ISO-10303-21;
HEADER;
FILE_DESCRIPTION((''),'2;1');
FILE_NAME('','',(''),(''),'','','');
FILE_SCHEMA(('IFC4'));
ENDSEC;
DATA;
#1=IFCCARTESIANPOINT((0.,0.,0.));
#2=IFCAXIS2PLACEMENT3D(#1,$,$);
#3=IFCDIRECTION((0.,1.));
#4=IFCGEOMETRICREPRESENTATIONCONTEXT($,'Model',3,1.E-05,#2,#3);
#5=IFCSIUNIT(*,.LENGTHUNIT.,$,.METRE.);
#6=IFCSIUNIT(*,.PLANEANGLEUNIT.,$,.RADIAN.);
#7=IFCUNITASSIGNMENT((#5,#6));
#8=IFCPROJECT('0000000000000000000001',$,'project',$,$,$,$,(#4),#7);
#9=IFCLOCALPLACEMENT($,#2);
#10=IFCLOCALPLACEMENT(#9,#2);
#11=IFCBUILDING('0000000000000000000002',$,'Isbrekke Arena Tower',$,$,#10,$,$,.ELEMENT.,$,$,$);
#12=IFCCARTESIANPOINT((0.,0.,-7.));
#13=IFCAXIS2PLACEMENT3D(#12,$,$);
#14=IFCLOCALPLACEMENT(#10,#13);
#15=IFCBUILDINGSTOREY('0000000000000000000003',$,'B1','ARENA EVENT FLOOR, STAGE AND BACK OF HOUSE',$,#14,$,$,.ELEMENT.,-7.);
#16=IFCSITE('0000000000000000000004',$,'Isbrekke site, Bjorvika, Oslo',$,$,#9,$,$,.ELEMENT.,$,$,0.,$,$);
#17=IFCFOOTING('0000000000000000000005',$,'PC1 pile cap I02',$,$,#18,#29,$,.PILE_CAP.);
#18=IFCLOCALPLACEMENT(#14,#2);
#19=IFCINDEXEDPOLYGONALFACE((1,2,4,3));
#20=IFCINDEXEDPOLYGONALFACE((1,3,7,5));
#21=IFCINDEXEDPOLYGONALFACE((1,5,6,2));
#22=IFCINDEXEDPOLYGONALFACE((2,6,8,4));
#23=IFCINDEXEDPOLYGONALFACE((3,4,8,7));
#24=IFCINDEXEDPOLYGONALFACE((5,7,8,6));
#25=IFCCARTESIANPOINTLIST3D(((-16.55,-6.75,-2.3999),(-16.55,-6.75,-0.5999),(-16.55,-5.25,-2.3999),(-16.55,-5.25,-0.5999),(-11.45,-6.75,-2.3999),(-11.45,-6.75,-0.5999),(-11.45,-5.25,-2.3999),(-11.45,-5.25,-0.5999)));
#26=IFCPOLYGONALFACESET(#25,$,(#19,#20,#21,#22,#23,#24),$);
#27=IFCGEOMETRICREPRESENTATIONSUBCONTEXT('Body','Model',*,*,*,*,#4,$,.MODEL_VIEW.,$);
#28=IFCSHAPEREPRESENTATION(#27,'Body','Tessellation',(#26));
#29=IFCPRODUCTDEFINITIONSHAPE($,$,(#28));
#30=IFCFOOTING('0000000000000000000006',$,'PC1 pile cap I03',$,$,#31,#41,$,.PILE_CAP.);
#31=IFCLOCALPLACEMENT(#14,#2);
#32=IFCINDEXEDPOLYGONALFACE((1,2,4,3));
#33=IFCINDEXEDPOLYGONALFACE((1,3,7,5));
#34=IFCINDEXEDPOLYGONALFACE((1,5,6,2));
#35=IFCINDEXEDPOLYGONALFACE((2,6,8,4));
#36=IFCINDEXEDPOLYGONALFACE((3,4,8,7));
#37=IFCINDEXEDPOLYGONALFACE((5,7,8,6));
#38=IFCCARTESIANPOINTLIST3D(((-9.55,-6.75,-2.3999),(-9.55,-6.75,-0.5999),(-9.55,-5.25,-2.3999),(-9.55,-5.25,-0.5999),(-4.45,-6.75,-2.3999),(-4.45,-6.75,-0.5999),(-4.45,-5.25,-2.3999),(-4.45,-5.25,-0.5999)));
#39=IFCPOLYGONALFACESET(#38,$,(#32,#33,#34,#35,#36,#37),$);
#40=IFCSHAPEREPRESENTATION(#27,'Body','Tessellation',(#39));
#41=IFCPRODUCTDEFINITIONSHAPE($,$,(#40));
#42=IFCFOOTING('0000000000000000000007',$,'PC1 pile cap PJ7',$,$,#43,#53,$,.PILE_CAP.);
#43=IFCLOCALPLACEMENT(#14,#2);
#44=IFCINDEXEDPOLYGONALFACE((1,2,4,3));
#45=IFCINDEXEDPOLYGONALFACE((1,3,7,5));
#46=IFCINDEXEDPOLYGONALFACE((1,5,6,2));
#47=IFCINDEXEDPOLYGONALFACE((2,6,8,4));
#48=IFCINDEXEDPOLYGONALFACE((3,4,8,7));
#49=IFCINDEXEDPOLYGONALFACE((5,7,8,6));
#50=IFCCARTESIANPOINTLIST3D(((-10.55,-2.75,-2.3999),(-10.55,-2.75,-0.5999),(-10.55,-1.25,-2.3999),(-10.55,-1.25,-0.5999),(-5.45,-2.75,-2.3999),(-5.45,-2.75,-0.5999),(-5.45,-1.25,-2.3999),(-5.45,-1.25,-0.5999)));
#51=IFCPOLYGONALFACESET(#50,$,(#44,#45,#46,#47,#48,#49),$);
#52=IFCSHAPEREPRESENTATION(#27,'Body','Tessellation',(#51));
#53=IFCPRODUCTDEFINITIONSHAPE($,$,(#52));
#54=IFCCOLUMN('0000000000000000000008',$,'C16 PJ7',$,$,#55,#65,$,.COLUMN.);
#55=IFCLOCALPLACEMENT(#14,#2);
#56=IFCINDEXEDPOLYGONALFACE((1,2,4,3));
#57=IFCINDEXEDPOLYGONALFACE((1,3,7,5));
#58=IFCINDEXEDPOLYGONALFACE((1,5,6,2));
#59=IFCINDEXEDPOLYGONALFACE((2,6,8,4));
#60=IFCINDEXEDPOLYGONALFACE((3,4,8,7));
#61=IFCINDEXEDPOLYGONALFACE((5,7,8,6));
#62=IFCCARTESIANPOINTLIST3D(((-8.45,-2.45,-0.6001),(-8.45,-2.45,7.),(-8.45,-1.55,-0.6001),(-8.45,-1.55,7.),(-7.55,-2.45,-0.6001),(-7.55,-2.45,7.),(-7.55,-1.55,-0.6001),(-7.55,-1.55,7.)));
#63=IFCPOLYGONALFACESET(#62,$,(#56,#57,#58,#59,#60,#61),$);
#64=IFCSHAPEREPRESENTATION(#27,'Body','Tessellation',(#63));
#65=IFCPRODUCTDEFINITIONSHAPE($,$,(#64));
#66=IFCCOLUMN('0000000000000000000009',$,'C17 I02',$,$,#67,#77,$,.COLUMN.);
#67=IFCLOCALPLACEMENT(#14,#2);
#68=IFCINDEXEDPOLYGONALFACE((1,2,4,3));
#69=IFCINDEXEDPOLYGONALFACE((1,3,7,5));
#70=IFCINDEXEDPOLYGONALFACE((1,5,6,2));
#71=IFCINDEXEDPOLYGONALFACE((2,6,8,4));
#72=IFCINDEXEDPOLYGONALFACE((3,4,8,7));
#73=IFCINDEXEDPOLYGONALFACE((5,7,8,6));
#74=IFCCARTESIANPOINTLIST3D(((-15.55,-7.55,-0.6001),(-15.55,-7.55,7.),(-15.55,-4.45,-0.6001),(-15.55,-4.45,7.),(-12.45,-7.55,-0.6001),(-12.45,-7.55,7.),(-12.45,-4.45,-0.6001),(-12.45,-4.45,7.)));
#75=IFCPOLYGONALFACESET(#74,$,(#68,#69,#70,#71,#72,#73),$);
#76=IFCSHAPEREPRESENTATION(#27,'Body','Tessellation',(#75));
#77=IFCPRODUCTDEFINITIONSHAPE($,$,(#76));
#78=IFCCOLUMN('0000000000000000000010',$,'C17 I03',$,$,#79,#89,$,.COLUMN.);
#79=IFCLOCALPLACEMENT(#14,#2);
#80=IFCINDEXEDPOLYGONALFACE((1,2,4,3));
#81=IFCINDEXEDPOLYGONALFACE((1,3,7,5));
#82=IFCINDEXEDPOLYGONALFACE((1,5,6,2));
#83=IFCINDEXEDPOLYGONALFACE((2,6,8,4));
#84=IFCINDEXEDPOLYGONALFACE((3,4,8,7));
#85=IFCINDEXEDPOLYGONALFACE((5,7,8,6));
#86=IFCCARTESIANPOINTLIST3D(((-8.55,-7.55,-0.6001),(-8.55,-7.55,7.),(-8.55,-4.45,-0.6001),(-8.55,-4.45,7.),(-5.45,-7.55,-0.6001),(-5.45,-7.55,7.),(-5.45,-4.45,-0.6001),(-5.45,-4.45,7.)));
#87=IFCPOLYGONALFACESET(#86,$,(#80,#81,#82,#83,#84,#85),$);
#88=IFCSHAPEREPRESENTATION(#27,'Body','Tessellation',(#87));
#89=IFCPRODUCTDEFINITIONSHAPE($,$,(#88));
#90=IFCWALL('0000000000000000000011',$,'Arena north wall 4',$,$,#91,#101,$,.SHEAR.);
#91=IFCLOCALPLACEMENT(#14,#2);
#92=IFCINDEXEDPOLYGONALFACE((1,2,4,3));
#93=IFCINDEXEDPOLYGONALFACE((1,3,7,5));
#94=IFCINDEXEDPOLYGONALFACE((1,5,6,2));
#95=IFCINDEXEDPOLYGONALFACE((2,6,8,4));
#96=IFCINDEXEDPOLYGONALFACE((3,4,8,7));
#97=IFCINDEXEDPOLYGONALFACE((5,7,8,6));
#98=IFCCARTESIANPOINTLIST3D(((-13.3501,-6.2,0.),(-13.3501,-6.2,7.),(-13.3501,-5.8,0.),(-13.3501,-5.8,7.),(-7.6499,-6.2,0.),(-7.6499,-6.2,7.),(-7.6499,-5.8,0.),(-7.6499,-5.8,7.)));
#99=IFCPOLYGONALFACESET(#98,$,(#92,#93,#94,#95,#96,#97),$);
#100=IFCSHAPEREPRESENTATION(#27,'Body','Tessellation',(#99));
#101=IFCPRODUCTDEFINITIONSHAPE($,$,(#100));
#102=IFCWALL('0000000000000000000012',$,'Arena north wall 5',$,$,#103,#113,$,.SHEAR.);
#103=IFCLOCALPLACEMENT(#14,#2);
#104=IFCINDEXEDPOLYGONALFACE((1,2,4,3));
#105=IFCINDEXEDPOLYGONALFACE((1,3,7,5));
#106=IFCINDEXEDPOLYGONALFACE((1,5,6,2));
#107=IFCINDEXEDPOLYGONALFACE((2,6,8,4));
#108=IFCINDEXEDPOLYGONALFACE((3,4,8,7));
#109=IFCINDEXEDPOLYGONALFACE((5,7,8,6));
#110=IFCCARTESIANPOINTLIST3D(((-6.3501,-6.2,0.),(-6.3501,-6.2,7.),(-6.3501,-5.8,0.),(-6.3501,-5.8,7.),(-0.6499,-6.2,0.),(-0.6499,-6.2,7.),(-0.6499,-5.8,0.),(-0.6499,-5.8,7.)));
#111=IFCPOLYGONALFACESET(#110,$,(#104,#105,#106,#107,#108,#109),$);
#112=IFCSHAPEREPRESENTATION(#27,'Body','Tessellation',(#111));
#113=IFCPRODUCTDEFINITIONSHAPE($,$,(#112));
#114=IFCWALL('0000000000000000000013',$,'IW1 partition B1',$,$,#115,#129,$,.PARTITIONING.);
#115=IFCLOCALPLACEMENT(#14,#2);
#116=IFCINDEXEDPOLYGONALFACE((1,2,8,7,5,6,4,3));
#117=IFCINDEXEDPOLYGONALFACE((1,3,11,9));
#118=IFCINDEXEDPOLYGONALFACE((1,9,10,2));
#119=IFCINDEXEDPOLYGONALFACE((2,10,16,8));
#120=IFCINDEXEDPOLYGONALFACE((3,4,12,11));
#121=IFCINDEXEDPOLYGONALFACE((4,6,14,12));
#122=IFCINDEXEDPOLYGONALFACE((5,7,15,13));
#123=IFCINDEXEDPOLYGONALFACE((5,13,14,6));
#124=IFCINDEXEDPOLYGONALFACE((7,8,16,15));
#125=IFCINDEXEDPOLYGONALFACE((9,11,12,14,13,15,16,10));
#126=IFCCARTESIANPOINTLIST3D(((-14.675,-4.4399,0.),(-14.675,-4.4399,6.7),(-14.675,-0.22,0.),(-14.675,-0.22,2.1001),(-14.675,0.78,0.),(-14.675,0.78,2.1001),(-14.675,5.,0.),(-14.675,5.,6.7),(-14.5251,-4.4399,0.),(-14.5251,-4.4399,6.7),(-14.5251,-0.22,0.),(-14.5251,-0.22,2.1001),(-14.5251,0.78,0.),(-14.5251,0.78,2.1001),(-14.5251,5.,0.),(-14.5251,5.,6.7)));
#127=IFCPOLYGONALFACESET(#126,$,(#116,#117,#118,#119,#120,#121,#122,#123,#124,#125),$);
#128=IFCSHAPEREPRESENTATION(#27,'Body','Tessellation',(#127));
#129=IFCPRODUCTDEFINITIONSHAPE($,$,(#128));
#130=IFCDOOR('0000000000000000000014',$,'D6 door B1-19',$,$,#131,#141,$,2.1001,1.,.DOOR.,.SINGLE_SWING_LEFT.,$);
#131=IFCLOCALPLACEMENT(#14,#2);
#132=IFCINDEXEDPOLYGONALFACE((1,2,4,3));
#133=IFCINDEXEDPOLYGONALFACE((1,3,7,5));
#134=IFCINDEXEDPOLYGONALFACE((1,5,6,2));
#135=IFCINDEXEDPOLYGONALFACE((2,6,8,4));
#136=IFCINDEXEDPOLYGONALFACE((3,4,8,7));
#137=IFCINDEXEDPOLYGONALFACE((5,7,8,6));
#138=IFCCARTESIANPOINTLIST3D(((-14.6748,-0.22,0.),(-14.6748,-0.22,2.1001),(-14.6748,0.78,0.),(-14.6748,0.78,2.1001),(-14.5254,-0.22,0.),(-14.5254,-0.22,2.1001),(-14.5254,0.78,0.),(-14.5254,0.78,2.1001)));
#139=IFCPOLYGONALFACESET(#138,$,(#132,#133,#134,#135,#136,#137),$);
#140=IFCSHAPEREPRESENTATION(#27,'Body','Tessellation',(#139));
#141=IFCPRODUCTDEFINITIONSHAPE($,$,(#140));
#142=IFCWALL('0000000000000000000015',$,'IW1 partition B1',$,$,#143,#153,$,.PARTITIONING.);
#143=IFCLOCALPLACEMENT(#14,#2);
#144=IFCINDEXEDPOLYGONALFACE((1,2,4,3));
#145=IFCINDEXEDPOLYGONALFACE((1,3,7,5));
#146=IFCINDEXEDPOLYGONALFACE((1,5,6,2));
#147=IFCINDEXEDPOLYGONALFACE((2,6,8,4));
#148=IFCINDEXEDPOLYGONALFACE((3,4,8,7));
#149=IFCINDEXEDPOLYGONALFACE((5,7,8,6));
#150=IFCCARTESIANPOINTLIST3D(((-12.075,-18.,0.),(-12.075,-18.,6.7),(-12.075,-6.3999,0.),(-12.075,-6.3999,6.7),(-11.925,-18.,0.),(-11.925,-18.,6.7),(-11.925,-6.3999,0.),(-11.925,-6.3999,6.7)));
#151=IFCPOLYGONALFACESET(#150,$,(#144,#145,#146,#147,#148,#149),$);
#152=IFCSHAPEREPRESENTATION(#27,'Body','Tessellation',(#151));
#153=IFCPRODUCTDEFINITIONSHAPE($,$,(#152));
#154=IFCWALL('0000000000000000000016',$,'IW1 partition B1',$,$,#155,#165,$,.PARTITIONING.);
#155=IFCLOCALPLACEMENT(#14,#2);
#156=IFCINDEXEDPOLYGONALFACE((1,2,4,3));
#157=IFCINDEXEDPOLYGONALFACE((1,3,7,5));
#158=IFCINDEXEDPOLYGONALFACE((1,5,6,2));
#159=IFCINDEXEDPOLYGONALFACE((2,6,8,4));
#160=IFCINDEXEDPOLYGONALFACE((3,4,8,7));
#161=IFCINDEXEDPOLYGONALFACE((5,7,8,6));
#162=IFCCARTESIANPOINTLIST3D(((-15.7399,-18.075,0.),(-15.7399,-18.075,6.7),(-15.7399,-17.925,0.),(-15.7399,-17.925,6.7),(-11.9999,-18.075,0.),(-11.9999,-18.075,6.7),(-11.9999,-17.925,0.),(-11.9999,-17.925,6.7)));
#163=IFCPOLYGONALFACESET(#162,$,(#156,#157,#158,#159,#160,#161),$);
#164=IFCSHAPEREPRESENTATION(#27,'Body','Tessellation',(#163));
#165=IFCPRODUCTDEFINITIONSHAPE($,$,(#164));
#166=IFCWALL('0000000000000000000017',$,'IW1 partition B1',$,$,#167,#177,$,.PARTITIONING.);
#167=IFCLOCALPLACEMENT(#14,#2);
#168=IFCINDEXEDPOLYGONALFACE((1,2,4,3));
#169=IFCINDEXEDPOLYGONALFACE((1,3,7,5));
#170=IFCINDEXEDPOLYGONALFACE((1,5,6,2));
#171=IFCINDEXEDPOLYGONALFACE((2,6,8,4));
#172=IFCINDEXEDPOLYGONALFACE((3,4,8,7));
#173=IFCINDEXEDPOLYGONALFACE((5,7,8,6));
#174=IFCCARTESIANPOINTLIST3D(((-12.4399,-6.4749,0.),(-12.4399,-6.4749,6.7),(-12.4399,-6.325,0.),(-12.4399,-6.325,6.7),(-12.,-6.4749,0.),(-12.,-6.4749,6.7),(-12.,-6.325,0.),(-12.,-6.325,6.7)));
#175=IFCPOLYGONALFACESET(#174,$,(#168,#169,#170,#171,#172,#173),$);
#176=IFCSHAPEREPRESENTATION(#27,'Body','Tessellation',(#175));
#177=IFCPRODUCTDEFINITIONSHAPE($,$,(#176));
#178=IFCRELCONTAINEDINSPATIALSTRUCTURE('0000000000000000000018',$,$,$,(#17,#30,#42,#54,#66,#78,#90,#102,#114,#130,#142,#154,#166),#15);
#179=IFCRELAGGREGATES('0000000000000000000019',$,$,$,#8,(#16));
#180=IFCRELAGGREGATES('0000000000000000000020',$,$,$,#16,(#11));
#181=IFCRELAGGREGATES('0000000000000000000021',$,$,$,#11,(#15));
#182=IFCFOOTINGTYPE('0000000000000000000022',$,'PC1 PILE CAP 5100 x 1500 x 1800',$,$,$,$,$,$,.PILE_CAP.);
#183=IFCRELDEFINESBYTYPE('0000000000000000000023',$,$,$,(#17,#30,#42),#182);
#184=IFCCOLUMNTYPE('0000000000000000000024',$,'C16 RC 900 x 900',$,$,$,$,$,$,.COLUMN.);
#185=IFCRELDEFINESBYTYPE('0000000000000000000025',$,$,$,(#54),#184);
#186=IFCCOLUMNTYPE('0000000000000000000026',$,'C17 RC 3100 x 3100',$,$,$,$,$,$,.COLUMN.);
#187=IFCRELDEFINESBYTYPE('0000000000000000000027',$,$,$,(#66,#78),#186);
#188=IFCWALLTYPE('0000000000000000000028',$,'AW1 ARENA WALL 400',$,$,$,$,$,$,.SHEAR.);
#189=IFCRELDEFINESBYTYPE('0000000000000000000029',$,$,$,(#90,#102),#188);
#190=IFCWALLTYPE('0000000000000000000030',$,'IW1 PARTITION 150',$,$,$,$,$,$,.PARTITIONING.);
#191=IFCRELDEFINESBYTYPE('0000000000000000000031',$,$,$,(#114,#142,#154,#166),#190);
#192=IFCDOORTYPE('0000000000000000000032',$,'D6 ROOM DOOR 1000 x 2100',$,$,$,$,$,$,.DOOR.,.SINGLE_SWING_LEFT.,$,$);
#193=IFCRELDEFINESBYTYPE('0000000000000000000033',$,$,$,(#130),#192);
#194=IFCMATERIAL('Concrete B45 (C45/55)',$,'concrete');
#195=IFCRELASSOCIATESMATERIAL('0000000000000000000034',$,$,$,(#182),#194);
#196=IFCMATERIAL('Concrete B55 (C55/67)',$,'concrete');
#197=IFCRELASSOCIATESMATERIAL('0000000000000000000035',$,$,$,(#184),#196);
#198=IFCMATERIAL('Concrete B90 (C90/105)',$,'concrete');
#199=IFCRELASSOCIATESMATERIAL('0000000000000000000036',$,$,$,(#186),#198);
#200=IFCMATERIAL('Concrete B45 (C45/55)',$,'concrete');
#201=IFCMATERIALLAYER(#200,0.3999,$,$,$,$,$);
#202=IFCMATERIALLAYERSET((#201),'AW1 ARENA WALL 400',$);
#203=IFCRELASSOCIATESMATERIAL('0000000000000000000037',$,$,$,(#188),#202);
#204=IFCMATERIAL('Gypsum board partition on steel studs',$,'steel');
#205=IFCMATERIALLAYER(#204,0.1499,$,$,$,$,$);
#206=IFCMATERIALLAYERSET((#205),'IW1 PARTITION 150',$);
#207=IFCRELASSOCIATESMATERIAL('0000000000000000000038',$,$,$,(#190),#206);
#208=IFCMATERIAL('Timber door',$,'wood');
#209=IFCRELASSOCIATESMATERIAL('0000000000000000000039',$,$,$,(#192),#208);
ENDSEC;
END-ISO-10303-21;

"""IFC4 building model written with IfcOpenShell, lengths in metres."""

from ifc_helpers import new_model, si_unit, direction, frame, frame_2d, origin, origin_2d, place, context, subcontext, project, spatial, rectangle, extrude, material, layer, layer_set, material_profile, profile_set, type_object, element, fill, save


model = new_model("IFC4")

# Units and contexts
model_context = context("Model", 3, precision=1e-05, world=origin(), true_north=direction((0.0, 1.0)))
body_context = subcontext(model_context, "Body", "Model", "MODEL_VIEW")
ifc_project = project(units=[si_unit("LENGTHUNIT", "METRE"), si_unit("PLANEANGLEUNIT", "RADIAN")], contexts=[model_context])

# Site, building, storey
site_placement = place(None, origin())
site = spatial("IfcSite", under=ifc_project, at=site_placement, Name="Isbrekke site, Bjorvika, Oslo", CompositionType="ELEMENT", RefElevation=0.0)
building_placement = place(site_placement, origin())
building = spatial("IfcBuilding", under=site, at=building_placement, Name="Isbrekke Arena Tower", CompositionType="ELEMENT")
storey_placement = place(building_placement, frame((0.0, 0.0, -7.0)))
storey = spatial("IfcBuildingStorey", under=building, at=storey_placement, Name="B1", Description="ARENA EVENT FLOOR, STAGE AND BACK OF HOUSE", CompositionType="ELEMENT", Elevation=-7.0)

# Footings
ifc_material_1 = material(Name="Concrete B45 (C45/55)", Category="concrete")
footing_type = type_object("IfcFootingType", Name="PC1 PILE CAP 5100 x 1500 x 1800", PredefinedType="PILE_CAP", material=ifc_material_1)
for number, where, z_axis, x_axis, name in (
    (1, (-14.0, -6.0, -2.3999), (0.0, 0.0, 1.0), (1.0, 0.0, 0.0), "PC1 pile cap I02"),
    (2, (-7.0, -6.0, -2.3999), (0.0, 0.0, 1.0), (1.0, 0.0, 0.0), "PC1 pile cap I03"),
    (3, (-8.0, -2.0, -2.3999), (0.0, 0.0, 1.0), (1.0, 0.0, 0.0), "PC1 pile cap PJ7"),
):
    element("IfcFooting", number, at=place(storey_placement, frame(where, z_axis=z_axis, x_axis=x_axis)), inside=storey, type_object=footing_type, Name=name, PredefinedType="PILE_CAP", context=body_context, shape_type="SweptSolid", body=[
        extrude(rectangle(XDim=5.1001, YDim=1.5, at=origin_2d()), origin(), (0.0, 0.0, 1.0), 1.8),
    ])

# Columns
ifc_material_2 = material(Name="Concrete B55 (C55/67)", Category="concrete")
ifc_material_profile_1 = material_profile(ifc_material_2, rectangle(XDim=0.8999, YDim=0.8999, at=origin_2d()), Name="RC 900x900")
ifc_profile_set_1 = profile_set([ifc_material_profile_1], Name="Concrete B55 (C55/67)")
column_type_1 = type_object("IfcColumnType", Name="C16 RC 900 x 900", PredefinedType="COLUMN", material=ifc_profile_set_1)
column_placement = place(storey_placement, frame((-8.0, -2.0, -0.6001), z_axis=(0.0, 0.0, 1.0), x_axis=(1.0, 0.0, 0.0)))
element("IfcColumn", 4, at=column_placement, inside=storey, type_object=column_type_1, Name="C16 PJ7", PredefinedType="COLUMN", context=body_context, shape_type="SweptSolid", body=[
    extrude(rectangle(XDim=0.8999, YDim=0.8999, at=origin_2d()), origin(), (0.0, 0.0, 1.0), 7.6001),
])
ifc_material_3 = material(Name="Concrete B90 (C90/105)", Category="concrete")
ifc_material_profile_2 = material_profile(ifc_material_3, rectangle(XDim=3.1001, YDim=3.1001, at=origin_2d()), Name="RC 3100x3100")
ifc_profile_set_2 = profile_set([ifc_material_profile_2], Name="Concrete B90 (C90/105)")
column_type_2 = type_object("IfcColumnType", Name="C17 RC 3100 x 3100", PredefinedType="COLUMN", material=ifc_profile_set_2)
for number, where, z_axis, x_axis, name in (
    (5, (-14.0, -6.0, -0.6001), (0.0, 0.0, 1.0), (1.0, 0.0, 0.0), "C17 I02"),
    (6, (-7.0, -6.0, -0.6001), (0.0, 0.0, 1.0), (1.0, 0.0, 0.0), "C17 I03"),
):
    element("IfcColumn", number, at=place(storey_placement, frame(where, z_axis=z_axis, x_axis=x_axis)), inside=storey, type_object=column_type_2, Name=name, PredefinedType="COLUMN", context=body_context, shape_type="SweptSolid", body=[
        extrude(rectangle(XDim=3.1001, YDim=3.1001, at=origin_2d()), origin(), (0.0, 0.0, 1.0), 7.6001),
    ])

# Walls
ifc_material_4 = material(Name="Concrete B45 (C45/55)", Category="concrete")
ifc_layer_1 = layer(ifc_material_4, 0.3999)
ifc_layer_set_1 = layer_set([ifc_layer_1], Name="AW1 ARENA WALL 400")
wall_type_1 = type_object("IfcWallType", Name="AW1 ARENA WALL 400", PredefinedType="SHEAR", material=ifc_layer_set_1)
for number, where, z_axis, x_axis, name in (
    (7, (-13.3501, -6.0, 0.0), (0.0, 0.0, 1.0), (1.0, 0.0, 0.0), "Arena north wall 4"),
    (8, (-6.3501, -6.0, 0.0), (0.0, 0.0, 1.0), (1.0, 0.0, 0.0), "Arena north wall 5"),
):
    element("IfcWall", number, at=place(storey_placement, frame(where, z_axis=z_axis, x_axis=x_axis)), inside=storey, type_object=wall_type_1, Name=name, PredefinedType="SHEAR", context=body_context, shape_type="SweptSolid", body=[
        extrude(rectangle(XDim=5.7002, YDim=0.3999, at=frame_2d((2.8501, 0.0))), origin(), (0.0, 0.0, 1.0), 7.0),
    ])

# Wall, opening, door
ifc_material_5 = material(Name="Gypsum board partition on steel studs", Category="steel")
ifc_layer_2 = layer(ifc_material_5, 0.1499)
ifc_layer_set_2 = layer_set([ifc_layer_2], Name="IW1 PARTITION 150")
wall_type_2 = type_object("IfcWallType", Name="IW1 PARTITION 150", PredefinedType="PARTITIONING", material=ifc_layer_set_2)
wall_1_placement = place(storey_placement, frame((-14.6001, -4.4399, 0.0), z_axis=(0.0, 0.0, 1.0), x_axis=(0.0, 1.0, 0.0)))
wall_1 = element("IfcWall", 9, at=wall_1_placement, inside=storey, type_object=wall_type_2, Name="IW1 partition B1", PredefinedType="PARTITIONING", context=body_context, shape_type="SweptSolid", body=[
    extrude(rectangle(XDim=9.4399, YDim=0.1499, at=frame_2d((4.72, 0.0))), origin(), (0.0, 0.0, 1.0), 6.7),
])
opening_placement = place(wall_1_placement, frame((4.22, 0.0, 0.0)))
opening = element("IfcOpeningElement", 10, at=opening_placement, cuts=wall_1, PredefinedType="OPENING", context=body_context, shape_type="SweptSolid", body=[
    extrude(rectangle(XDim=1.0, YDim=2.1001, at=frame_2d((0.5, 1.05))), frame((0.0, 0.0898, 0.0), z_axis=(0.0, -1.0, 0.0), x_axis=(1.0, 0.0, 0.0)), (0.0, 0.0, 1.0), 0.1797),
])
ifc_material_6 = material(Name="Timber door", Category="wood")
door_type = type_object("IfcDoorType", Name="D6 ROOM DOOR 1000 x 2100", OperationType="SINGLE_SWING_LEFT", PredefinedType="DOOR", material=ifc_material_6)
door_placement = place(opening_placement, origin())
door = element("IfcDoor", 11, at=door_placement, inside=storey, type_object=door_type, Name="D6 door B1-19", OperationType="SINGLE_SWING_LEFT", OverallHeight=2.1001, OverallWidth=1.0, PredefinedType="DOOR", context=body_context, shape_type="SweptSolid", body=[
    extrude(rectangle(XDim=1.0, YDim=2.1001, at=frame_2d((0.5, 1.05))), frame((0.0, 0.0747, 0.0), z_axis=(0.0, -1.0, 0.0), x_axis=(1.0, 0.0, 0.0)), (0.0, 0.0, 1.0), 0.1494),
])
fill(opening, door)

# Walls
wall_2_placement = place(storey_placement, frame((-12.0, -18.0, 0.0), z_axis=(0.0, 0.0, 1.0), x_axis=(0.0, 1.0, 0.0)))
element("IfcWall", 12, at=wall_2_placement, inside=storey, type_object=wall_type_2, Name="IW1 partition B1", PredefinedType="PARTITIONING", context=body_context, shape_type="SweptSolid", body=[
    extrude(rectangle(XDim=11.6001, YDim=0.1499, at=frame_2d((5.8, 0.0))), origin(), (0.0, 0.0, 1.0), 6.7),
])
wall_3_placement = place(storey_placement, frame((-15.74, -18.0, 0.0), z_axis=(0.0, 0.0, 1.0), x_axis=(1.0, 0.0, 0.0)))
element("IfcWall", 13, at=wall_3_placement, inside=storey, type_object=wall_type_2, Name="IW1 partition B1", PredefinedType="PARTITIONING", context=body_context, shape_type="SweptSolid", body=[
    extrude(rectangle(XDim=3.74, YDim=0.1499, at=frame_2d((1.8701, 0.0))), origin(), (0.0, 0.0, 1.0), 6.7),
])
wall_4_placement = place(storey_placement, frame((-12.4399, -6.3999, 0.0), z_axis=(0.0, 0.0, 1.0), x_axis=(1.0, 0.0, 0.0)))
element("IfcWall", 14, at=wall_4_placement, inside=storey, type_object=wall_type_2, Name="IW1 partition B1", PredefinedType="PARTITIONING", context=body_context, shape_type="SweptSolid", body=[
    extrude(rectangle(XDim=0.4399, YDim=0.1499, at=frame_2d((0.22, 0.0))), origin(), (0.0, 0.0, 1.0), 6.7),
])

save(model, "model.ifc")
